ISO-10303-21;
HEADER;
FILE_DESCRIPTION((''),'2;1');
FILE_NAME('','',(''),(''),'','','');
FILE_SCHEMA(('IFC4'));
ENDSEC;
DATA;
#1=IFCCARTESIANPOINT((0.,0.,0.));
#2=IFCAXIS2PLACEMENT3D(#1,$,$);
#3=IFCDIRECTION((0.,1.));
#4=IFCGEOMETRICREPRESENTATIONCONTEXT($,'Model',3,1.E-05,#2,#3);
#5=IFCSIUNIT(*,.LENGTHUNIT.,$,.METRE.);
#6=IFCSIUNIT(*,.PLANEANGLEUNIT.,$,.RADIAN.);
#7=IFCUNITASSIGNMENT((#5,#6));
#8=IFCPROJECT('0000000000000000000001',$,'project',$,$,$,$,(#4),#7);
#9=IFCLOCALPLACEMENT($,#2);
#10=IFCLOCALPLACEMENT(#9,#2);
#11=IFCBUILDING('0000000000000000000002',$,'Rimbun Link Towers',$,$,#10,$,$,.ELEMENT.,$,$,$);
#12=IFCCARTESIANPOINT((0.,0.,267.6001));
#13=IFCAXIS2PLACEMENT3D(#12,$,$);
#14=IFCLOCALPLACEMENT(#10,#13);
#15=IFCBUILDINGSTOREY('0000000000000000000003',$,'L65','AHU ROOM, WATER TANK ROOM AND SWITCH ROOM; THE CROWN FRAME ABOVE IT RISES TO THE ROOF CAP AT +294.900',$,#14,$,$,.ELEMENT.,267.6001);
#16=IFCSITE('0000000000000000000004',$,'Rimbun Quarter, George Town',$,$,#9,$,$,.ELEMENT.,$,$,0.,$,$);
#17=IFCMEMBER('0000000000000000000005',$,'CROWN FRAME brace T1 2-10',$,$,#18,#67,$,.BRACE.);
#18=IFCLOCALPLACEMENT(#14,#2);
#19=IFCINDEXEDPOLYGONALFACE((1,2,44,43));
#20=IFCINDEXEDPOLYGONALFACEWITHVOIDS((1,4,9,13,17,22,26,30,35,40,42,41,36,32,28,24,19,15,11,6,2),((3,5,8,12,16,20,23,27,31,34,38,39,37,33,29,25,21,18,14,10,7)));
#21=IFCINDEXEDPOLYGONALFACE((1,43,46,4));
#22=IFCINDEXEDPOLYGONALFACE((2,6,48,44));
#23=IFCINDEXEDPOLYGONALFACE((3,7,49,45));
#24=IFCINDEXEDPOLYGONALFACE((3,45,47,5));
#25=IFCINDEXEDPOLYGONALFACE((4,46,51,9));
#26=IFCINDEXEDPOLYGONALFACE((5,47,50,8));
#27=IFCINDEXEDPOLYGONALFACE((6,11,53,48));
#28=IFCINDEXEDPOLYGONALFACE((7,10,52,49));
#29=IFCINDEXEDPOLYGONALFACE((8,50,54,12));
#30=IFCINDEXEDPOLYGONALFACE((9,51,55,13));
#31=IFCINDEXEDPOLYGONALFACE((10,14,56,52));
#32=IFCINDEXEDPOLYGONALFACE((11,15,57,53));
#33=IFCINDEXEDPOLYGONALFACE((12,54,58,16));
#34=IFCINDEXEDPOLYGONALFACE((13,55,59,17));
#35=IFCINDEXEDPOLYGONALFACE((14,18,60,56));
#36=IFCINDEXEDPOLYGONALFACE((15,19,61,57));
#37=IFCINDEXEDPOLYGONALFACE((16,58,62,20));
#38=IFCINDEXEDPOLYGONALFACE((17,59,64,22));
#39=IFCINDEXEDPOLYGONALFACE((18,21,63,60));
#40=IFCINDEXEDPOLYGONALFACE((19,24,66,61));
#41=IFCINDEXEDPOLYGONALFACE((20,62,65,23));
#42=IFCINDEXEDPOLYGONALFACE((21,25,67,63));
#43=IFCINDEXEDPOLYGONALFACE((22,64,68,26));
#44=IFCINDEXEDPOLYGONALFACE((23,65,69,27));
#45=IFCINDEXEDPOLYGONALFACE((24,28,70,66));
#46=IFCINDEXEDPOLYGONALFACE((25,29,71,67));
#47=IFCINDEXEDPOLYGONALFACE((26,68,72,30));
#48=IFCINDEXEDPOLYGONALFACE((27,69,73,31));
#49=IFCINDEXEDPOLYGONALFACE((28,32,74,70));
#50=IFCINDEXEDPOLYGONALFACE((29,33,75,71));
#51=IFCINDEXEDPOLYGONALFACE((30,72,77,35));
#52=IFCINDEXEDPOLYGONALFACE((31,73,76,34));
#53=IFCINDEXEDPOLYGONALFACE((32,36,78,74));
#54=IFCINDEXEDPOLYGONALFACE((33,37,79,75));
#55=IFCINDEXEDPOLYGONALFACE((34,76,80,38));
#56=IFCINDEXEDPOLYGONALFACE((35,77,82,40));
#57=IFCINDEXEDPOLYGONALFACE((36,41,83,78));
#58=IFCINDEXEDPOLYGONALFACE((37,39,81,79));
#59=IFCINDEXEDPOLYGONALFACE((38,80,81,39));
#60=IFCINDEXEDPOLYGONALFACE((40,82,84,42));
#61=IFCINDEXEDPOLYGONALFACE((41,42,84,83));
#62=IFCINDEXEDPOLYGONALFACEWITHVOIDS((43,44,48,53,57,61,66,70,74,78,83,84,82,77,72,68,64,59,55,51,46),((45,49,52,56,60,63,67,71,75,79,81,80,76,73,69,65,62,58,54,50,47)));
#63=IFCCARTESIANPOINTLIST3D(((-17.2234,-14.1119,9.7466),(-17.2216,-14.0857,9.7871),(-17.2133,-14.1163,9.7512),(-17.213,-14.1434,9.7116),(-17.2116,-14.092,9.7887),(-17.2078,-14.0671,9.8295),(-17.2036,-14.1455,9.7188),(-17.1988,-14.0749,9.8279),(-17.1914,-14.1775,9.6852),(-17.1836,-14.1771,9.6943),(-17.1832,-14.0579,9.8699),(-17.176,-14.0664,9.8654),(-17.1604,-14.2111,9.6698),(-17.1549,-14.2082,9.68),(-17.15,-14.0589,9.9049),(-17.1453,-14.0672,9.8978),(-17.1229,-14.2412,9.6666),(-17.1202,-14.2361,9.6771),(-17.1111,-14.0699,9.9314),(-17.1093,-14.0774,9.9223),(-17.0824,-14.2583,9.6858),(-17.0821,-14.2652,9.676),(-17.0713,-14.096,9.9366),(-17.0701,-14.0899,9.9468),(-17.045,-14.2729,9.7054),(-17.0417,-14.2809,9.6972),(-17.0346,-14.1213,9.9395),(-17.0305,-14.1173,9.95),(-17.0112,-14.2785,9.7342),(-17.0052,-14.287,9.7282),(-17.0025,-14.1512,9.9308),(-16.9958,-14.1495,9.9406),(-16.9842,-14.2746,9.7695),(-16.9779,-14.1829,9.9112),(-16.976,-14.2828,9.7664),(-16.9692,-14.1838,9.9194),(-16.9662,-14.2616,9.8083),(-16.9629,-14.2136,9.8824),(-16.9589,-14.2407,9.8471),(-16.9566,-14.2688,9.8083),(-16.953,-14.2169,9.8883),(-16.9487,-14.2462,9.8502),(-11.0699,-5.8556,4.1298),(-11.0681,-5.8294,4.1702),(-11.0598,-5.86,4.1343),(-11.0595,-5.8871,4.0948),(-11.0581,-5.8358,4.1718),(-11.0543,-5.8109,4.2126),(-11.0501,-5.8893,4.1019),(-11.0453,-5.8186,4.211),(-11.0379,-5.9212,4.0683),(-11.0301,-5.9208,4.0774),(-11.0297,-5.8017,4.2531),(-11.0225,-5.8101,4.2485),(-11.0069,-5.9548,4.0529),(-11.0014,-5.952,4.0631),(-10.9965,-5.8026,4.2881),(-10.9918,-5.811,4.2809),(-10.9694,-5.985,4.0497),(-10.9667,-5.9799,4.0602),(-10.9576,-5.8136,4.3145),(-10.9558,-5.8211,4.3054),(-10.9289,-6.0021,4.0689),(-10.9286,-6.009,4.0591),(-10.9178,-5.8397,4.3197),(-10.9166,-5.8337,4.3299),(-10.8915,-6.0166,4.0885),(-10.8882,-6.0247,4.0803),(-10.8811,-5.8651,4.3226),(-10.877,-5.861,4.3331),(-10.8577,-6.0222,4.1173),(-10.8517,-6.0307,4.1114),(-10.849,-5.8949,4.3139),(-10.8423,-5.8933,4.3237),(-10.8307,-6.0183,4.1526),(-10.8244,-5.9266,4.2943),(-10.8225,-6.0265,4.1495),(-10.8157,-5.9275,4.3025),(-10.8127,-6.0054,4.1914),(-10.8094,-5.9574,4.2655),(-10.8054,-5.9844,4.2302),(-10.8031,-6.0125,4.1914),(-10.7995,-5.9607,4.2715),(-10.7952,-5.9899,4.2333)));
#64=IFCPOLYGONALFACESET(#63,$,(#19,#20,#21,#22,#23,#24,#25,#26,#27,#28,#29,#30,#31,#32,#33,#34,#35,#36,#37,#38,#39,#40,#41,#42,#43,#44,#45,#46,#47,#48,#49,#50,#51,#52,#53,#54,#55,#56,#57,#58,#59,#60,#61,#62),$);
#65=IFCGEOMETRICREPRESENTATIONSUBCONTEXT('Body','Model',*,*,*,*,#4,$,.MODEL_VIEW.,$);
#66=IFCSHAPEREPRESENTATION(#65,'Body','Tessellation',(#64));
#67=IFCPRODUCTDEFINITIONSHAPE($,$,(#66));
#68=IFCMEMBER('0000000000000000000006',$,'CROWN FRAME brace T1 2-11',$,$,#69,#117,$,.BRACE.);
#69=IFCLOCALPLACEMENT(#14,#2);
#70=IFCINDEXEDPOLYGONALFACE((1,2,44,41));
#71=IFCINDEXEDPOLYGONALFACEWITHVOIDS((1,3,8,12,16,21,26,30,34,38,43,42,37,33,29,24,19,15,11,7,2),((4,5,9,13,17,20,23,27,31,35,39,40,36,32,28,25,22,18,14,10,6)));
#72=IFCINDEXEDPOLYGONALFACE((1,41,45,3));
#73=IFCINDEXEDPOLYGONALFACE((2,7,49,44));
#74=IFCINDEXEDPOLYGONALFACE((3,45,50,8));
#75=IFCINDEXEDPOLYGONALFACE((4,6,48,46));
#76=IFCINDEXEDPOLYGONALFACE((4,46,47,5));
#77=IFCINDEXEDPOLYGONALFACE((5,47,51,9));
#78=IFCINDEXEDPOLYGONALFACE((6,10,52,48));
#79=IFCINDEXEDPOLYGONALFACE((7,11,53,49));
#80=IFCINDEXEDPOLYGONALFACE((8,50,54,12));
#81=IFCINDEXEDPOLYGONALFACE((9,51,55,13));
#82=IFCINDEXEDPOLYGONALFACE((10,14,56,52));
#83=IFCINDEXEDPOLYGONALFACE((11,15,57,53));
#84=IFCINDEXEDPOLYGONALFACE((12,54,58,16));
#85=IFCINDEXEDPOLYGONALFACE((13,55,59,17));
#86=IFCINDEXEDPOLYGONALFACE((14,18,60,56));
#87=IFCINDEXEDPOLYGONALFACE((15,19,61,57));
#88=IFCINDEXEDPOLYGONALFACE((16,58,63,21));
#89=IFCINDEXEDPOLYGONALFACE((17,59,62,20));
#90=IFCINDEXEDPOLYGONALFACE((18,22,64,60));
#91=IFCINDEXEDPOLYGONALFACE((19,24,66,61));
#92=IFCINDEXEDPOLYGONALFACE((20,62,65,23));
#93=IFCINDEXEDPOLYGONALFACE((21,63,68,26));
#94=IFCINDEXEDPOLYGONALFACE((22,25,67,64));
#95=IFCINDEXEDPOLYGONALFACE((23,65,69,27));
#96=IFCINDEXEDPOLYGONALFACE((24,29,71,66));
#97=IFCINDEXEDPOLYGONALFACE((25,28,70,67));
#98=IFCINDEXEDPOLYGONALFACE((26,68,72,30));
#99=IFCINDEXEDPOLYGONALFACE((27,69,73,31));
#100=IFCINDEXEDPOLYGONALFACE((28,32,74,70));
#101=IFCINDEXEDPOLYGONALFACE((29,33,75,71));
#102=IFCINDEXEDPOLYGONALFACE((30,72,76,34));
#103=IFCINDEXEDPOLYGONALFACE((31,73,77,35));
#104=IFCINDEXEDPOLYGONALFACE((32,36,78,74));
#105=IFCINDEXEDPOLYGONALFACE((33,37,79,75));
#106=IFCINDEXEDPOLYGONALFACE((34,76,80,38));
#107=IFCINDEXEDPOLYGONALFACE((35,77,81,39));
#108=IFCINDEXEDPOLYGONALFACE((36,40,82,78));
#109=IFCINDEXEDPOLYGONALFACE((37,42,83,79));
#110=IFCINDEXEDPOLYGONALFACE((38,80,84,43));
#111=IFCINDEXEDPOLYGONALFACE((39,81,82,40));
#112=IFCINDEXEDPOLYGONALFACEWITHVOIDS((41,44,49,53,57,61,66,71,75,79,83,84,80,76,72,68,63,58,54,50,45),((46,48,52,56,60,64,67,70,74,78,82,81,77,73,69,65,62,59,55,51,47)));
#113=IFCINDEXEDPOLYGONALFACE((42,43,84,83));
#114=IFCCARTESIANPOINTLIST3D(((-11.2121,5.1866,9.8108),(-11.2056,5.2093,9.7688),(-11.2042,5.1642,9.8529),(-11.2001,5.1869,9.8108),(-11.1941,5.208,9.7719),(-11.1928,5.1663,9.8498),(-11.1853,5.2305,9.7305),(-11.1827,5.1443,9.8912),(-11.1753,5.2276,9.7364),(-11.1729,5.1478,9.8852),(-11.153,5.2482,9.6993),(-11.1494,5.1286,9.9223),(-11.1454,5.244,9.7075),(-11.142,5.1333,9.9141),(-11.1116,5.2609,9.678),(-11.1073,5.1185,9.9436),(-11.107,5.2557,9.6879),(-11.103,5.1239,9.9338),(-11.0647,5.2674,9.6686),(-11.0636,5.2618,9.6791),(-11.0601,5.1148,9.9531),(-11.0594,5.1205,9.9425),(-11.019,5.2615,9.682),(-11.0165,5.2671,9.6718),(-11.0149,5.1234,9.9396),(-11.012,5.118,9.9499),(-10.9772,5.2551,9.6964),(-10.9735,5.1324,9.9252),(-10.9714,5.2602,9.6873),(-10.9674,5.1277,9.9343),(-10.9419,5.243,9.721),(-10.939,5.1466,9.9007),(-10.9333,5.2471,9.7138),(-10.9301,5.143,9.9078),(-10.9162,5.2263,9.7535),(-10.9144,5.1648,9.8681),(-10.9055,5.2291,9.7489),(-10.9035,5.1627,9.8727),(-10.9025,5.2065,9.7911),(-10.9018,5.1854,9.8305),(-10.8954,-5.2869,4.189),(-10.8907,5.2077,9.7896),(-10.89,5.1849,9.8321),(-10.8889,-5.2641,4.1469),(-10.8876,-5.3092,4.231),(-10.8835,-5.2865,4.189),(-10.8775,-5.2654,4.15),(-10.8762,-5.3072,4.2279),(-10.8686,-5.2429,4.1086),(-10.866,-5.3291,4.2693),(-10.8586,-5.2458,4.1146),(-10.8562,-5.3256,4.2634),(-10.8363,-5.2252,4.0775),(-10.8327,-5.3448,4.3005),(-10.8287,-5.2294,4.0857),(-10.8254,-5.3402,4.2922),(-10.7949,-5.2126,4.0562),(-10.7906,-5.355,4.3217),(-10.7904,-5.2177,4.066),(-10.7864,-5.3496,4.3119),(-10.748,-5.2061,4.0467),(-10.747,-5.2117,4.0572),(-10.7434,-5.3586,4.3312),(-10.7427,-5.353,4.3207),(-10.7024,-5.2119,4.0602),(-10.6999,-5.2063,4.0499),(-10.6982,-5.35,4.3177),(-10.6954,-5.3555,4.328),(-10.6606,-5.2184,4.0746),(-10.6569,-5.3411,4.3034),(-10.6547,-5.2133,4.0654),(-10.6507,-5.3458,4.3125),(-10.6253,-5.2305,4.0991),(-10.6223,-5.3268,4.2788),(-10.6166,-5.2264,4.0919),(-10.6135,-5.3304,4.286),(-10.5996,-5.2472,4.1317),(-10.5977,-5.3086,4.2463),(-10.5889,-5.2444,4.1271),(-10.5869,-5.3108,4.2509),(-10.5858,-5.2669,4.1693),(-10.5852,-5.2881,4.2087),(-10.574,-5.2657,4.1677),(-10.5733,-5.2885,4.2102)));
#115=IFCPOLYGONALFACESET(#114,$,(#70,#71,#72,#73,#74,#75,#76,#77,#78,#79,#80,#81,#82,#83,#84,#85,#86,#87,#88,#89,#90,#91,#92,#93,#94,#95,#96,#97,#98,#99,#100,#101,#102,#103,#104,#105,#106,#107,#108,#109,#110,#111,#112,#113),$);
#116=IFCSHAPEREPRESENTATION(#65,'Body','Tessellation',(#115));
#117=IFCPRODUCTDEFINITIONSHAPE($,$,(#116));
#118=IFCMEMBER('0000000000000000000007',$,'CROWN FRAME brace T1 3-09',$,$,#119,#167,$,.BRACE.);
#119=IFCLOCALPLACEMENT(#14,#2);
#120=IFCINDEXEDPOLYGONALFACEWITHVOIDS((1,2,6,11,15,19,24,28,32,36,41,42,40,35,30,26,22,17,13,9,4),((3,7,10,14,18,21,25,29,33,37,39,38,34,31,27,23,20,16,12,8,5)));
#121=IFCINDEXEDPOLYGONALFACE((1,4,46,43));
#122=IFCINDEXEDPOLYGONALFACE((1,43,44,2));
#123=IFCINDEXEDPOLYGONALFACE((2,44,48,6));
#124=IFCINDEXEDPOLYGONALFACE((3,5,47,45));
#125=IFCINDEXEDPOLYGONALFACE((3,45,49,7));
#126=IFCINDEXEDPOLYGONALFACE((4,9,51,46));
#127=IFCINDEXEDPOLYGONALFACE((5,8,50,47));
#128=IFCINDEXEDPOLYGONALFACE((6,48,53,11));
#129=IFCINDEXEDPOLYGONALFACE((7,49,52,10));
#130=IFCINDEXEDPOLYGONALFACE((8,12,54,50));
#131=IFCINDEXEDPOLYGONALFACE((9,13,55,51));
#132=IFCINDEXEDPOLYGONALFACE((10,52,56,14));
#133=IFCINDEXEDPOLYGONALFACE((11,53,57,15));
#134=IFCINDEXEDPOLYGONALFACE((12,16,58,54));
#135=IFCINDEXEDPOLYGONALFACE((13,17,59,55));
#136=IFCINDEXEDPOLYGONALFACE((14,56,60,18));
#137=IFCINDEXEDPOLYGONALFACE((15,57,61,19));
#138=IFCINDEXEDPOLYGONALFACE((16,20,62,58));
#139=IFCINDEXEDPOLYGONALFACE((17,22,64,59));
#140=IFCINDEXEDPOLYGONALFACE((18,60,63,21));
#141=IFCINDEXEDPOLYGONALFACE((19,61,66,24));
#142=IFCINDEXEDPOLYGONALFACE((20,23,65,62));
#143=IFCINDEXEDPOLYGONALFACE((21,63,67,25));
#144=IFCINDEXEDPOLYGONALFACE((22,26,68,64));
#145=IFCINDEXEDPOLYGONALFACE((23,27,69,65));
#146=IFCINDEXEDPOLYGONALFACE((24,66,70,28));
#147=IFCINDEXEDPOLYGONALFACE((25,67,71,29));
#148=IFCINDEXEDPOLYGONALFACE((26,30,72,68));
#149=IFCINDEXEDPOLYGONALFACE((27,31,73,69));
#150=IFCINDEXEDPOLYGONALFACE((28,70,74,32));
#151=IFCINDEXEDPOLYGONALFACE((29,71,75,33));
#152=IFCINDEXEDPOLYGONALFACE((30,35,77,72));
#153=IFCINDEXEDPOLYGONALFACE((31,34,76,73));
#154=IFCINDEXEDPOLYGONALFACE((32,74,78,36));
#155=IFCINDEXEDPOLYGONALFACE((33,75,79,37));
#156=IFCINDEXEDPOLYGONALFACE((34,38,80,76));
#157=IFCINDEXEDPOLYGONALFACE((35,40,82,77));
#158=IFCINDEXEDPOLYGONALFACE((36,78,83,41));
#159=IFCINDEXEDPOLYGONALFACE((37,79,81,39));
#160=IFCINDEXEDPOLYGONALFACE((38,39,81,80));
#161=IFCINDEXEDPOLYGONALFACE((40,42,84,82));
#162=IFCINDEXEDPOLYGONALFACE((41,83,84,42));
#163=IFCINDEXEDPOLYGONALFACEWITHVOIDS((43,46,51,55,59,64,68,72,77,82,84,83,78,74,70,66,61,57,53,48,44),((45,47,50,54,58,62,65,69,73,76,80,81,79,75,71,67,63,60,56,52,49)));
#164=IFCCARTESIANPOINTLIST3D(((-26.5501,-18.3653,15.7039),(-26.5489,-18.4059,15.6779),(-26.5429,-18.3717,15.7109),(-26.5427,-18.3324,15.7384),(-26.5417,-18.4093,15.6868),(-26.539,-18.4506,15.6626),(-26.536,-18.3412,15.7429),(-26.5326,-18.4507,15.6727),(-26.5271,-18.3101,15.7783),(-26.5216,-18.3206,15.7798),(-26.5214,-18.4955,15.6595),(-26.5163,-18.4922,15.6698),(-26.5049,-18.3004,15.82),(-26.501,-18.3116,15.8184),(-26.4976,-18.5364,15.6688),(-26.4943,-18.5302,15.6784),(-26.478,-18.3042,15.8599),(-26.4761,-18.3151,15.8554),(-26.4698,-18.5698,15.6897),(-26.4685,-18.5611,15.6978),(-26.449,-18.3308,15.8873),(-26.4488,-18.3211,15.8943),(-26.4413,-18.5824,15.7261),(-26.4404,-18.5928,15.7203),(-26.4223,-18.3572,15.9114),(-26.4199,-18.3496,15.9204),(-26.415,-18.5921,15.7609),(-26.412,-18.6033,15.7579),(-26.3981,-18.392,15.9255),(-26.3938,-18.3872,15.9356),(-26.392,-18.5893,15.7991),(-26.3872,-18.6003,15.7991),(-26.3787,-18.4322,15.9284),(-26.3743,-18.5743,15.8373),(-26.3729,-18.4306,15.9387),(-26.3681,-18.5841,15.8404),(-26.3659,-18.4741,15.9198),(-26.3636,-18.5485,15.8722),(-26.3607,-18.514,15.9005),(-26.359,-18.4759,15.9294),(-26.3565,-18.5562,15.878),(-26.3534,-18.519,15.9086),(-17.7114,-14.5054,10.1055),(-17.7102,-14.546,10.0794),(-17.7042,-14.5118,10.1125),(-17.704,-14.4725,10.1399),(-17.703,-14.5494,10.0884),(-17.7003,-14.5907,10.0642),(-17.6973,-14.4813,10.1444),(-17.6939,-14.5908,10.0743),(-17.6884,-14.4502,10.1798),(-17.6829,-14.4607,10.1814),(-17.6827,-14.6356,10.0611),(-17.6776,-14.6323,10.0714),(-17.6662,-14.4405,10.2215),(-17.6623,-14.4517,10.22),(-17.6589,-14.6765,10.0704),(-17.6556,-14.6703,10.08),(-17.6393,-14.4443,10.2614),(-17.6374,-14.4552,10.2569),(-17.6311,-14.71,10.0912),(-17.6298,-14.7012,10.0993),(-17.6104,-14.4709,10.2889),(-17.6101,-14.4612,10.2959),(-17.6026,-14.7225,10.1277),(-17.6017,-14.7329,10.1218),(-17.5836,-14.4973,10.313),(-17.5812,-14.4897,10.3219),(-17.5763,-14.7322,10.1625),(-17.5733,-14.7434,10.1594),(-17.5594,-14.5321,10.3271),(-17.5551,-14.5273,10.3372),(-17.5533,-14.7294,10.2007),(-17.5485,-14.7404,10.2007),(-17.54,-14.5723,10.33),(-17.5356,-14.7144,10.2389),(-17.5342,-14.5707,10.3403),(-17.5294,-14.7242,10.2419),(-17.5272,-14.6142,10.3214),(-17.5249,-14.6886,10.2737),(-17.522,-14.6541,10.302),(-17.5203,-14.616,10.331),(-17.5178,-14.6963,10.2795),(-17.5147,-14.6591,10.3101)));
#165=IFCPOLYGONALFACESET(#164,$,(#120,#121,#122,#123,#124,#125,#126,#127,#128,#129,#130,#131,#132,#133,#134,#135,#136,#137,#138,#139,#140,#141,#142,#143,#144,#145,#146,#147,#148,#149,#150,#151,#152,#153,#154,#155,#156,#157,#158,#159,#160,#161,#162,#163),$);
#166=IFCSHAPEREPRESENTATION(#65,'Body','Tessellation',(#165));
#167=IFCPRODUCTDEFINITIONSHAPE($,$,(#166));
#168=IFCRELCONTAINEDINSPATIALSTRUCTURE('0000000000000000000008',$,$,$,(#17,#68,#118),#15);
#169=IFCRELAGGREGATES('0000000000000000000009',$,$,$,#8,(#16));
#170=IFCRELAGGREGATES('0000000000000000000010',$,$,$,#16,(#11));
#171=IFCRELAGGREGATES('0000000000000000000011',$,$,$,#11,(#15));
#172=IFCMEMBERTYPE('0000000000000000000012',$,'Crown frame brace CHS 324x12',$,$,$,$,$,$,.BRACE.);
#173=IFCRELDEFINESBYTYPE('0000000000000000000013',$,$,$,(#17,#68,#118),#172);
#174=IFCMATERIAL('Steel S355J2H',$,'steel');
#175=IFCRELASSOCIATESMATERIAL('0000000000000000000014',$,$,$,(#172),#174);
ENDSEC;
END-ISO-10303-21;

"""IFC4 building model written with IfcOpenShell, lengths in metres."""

from ifc_helpers import new_model, si_unit, direction, frame, origin, origin_2d, place, context, subcontext, project, spatial, hollow_circle, extrude, material, material_profile, profile_set, type_object, element, save


model = new_model("IFC4")

# Units and contexts
model_context = context("Model", 3, precision=1e-05, world=origin(), true_north=direction((0.0, 1.0)))
body_context = subcontext(model_context, "Body", "Model", "MODEL_VIEW")
ifc_project = project(units=[si_unit("LENGTHUNIT", "METRE"), si_unit("PLANEANGLEUNIT", "RADIAN")], contexts=[model_context])

# Site, building, storey
site_placement = place(None, origin())
site = spatial("IfcSite", under=ifc_project, at=site_placement, Name="Rimbun Quarter, George Town", CompositionType="ELEMENT", RefElevation=0.0)
building_placement = place(site_placement, origin())
building = spatial("IfcBuilding", under=site, at=building_placement, Name="Rimbun Link Towers", CompositionType="ELEMENT")
storey_placement = place(building_placement, frame((0.0, 0.0, 267.6001)))
storey = spatial("IfcBuildingStorey", under=building, at=storey_placement, Name="L65", Description="AHU ROOM, WATER TANK ROOM AND SWITCH ROOM; THE CROWN FRAME ABOVE IT RISES TO THE ROOF CAP AT +294.900", CompositionType="ELEMENT", Elevation=267.6001)

# Members
ifc_material_1 = material(Name="Steel S355J2H", Category="steel")
ifc_material_profile_1 = material_profile(ifc_material_1, hollow_circle(Radius=0.1619, WallThickness=0.012, at=origin_2d()), Name="Crown frame brace CHS 324x12")
ifc_profile_set_1 = profile_set([ifc_material_profile_1], Name="Steel S355J2H")
member_type_1 = type_object("IfcMemberType", Name="Crown frame brace CHS 324x12", PredefinedType="BRACE", material=ifc_profile_set_1)
member_1_placement = place(storey_placement, frame((-10.9329, -5.9158, 4.1914), z_axis=(-0.524618, -0.70389, 0.478869), x_axis=(0.8018, -0.597592, 0.0)))
element("IfcMember", 1, at=member_1_placement, inside=storey, type_object=member_type_1, Name="CROWN FRAME brace T1 2-10", PredefinedType="BRACE", context=body_context, shape_type="SweptSolid", body=[
    extrude(hollow_circle(Radius=0.1619, WallThickness=0.012, at=origin_2d()), origin(), (0.0, 0.0, 1.0), 11.7295),
])
member_2_placement = place(storey_placement, frame((-10.7336, -5.282, 4.189), z_axis=(-0.026629, 0.880779, 0.472778), x_axis=(-0.999543, -0.03022, 0.0)))
element("IfcMember", 2, at=member_2_placement, inside=storey, type_object=member_type_1, Name="CROWN FRAME brace T1 2-11", PredefinedType="BRACE", context=body_context, shape_type="SweptSolid", body=[
    extrude(hollow_circle(Radius=0.1619, WallThickness=0.012, at=origin_2d()), origin(), (0.0, 0.0, 1.0), 11.8911),
])
member_3_placement = place(storey_placement, frame((-17.6133, -14.592, 10.2007), z_axis=(-0.792576, -0.346121, 0.502018), x_axis=(0.400207, -0.916425, 0.0)))
element("IfcMember", 3, at=member_3_placement, inside=storey, type_object=member_type_1, Name="CROWN FRAME brace T1 3-09", PredefinedType="BRACE", context=body_context, shape_type="SweptSolid", body=[
    extrude(hollow_circle(Radius=0.1619, WallThickness=0.012, at=origin_2d()), origin(), (0.0, 0.0, 1.0), 11.1519),
])

save(model, "model.ifc")
